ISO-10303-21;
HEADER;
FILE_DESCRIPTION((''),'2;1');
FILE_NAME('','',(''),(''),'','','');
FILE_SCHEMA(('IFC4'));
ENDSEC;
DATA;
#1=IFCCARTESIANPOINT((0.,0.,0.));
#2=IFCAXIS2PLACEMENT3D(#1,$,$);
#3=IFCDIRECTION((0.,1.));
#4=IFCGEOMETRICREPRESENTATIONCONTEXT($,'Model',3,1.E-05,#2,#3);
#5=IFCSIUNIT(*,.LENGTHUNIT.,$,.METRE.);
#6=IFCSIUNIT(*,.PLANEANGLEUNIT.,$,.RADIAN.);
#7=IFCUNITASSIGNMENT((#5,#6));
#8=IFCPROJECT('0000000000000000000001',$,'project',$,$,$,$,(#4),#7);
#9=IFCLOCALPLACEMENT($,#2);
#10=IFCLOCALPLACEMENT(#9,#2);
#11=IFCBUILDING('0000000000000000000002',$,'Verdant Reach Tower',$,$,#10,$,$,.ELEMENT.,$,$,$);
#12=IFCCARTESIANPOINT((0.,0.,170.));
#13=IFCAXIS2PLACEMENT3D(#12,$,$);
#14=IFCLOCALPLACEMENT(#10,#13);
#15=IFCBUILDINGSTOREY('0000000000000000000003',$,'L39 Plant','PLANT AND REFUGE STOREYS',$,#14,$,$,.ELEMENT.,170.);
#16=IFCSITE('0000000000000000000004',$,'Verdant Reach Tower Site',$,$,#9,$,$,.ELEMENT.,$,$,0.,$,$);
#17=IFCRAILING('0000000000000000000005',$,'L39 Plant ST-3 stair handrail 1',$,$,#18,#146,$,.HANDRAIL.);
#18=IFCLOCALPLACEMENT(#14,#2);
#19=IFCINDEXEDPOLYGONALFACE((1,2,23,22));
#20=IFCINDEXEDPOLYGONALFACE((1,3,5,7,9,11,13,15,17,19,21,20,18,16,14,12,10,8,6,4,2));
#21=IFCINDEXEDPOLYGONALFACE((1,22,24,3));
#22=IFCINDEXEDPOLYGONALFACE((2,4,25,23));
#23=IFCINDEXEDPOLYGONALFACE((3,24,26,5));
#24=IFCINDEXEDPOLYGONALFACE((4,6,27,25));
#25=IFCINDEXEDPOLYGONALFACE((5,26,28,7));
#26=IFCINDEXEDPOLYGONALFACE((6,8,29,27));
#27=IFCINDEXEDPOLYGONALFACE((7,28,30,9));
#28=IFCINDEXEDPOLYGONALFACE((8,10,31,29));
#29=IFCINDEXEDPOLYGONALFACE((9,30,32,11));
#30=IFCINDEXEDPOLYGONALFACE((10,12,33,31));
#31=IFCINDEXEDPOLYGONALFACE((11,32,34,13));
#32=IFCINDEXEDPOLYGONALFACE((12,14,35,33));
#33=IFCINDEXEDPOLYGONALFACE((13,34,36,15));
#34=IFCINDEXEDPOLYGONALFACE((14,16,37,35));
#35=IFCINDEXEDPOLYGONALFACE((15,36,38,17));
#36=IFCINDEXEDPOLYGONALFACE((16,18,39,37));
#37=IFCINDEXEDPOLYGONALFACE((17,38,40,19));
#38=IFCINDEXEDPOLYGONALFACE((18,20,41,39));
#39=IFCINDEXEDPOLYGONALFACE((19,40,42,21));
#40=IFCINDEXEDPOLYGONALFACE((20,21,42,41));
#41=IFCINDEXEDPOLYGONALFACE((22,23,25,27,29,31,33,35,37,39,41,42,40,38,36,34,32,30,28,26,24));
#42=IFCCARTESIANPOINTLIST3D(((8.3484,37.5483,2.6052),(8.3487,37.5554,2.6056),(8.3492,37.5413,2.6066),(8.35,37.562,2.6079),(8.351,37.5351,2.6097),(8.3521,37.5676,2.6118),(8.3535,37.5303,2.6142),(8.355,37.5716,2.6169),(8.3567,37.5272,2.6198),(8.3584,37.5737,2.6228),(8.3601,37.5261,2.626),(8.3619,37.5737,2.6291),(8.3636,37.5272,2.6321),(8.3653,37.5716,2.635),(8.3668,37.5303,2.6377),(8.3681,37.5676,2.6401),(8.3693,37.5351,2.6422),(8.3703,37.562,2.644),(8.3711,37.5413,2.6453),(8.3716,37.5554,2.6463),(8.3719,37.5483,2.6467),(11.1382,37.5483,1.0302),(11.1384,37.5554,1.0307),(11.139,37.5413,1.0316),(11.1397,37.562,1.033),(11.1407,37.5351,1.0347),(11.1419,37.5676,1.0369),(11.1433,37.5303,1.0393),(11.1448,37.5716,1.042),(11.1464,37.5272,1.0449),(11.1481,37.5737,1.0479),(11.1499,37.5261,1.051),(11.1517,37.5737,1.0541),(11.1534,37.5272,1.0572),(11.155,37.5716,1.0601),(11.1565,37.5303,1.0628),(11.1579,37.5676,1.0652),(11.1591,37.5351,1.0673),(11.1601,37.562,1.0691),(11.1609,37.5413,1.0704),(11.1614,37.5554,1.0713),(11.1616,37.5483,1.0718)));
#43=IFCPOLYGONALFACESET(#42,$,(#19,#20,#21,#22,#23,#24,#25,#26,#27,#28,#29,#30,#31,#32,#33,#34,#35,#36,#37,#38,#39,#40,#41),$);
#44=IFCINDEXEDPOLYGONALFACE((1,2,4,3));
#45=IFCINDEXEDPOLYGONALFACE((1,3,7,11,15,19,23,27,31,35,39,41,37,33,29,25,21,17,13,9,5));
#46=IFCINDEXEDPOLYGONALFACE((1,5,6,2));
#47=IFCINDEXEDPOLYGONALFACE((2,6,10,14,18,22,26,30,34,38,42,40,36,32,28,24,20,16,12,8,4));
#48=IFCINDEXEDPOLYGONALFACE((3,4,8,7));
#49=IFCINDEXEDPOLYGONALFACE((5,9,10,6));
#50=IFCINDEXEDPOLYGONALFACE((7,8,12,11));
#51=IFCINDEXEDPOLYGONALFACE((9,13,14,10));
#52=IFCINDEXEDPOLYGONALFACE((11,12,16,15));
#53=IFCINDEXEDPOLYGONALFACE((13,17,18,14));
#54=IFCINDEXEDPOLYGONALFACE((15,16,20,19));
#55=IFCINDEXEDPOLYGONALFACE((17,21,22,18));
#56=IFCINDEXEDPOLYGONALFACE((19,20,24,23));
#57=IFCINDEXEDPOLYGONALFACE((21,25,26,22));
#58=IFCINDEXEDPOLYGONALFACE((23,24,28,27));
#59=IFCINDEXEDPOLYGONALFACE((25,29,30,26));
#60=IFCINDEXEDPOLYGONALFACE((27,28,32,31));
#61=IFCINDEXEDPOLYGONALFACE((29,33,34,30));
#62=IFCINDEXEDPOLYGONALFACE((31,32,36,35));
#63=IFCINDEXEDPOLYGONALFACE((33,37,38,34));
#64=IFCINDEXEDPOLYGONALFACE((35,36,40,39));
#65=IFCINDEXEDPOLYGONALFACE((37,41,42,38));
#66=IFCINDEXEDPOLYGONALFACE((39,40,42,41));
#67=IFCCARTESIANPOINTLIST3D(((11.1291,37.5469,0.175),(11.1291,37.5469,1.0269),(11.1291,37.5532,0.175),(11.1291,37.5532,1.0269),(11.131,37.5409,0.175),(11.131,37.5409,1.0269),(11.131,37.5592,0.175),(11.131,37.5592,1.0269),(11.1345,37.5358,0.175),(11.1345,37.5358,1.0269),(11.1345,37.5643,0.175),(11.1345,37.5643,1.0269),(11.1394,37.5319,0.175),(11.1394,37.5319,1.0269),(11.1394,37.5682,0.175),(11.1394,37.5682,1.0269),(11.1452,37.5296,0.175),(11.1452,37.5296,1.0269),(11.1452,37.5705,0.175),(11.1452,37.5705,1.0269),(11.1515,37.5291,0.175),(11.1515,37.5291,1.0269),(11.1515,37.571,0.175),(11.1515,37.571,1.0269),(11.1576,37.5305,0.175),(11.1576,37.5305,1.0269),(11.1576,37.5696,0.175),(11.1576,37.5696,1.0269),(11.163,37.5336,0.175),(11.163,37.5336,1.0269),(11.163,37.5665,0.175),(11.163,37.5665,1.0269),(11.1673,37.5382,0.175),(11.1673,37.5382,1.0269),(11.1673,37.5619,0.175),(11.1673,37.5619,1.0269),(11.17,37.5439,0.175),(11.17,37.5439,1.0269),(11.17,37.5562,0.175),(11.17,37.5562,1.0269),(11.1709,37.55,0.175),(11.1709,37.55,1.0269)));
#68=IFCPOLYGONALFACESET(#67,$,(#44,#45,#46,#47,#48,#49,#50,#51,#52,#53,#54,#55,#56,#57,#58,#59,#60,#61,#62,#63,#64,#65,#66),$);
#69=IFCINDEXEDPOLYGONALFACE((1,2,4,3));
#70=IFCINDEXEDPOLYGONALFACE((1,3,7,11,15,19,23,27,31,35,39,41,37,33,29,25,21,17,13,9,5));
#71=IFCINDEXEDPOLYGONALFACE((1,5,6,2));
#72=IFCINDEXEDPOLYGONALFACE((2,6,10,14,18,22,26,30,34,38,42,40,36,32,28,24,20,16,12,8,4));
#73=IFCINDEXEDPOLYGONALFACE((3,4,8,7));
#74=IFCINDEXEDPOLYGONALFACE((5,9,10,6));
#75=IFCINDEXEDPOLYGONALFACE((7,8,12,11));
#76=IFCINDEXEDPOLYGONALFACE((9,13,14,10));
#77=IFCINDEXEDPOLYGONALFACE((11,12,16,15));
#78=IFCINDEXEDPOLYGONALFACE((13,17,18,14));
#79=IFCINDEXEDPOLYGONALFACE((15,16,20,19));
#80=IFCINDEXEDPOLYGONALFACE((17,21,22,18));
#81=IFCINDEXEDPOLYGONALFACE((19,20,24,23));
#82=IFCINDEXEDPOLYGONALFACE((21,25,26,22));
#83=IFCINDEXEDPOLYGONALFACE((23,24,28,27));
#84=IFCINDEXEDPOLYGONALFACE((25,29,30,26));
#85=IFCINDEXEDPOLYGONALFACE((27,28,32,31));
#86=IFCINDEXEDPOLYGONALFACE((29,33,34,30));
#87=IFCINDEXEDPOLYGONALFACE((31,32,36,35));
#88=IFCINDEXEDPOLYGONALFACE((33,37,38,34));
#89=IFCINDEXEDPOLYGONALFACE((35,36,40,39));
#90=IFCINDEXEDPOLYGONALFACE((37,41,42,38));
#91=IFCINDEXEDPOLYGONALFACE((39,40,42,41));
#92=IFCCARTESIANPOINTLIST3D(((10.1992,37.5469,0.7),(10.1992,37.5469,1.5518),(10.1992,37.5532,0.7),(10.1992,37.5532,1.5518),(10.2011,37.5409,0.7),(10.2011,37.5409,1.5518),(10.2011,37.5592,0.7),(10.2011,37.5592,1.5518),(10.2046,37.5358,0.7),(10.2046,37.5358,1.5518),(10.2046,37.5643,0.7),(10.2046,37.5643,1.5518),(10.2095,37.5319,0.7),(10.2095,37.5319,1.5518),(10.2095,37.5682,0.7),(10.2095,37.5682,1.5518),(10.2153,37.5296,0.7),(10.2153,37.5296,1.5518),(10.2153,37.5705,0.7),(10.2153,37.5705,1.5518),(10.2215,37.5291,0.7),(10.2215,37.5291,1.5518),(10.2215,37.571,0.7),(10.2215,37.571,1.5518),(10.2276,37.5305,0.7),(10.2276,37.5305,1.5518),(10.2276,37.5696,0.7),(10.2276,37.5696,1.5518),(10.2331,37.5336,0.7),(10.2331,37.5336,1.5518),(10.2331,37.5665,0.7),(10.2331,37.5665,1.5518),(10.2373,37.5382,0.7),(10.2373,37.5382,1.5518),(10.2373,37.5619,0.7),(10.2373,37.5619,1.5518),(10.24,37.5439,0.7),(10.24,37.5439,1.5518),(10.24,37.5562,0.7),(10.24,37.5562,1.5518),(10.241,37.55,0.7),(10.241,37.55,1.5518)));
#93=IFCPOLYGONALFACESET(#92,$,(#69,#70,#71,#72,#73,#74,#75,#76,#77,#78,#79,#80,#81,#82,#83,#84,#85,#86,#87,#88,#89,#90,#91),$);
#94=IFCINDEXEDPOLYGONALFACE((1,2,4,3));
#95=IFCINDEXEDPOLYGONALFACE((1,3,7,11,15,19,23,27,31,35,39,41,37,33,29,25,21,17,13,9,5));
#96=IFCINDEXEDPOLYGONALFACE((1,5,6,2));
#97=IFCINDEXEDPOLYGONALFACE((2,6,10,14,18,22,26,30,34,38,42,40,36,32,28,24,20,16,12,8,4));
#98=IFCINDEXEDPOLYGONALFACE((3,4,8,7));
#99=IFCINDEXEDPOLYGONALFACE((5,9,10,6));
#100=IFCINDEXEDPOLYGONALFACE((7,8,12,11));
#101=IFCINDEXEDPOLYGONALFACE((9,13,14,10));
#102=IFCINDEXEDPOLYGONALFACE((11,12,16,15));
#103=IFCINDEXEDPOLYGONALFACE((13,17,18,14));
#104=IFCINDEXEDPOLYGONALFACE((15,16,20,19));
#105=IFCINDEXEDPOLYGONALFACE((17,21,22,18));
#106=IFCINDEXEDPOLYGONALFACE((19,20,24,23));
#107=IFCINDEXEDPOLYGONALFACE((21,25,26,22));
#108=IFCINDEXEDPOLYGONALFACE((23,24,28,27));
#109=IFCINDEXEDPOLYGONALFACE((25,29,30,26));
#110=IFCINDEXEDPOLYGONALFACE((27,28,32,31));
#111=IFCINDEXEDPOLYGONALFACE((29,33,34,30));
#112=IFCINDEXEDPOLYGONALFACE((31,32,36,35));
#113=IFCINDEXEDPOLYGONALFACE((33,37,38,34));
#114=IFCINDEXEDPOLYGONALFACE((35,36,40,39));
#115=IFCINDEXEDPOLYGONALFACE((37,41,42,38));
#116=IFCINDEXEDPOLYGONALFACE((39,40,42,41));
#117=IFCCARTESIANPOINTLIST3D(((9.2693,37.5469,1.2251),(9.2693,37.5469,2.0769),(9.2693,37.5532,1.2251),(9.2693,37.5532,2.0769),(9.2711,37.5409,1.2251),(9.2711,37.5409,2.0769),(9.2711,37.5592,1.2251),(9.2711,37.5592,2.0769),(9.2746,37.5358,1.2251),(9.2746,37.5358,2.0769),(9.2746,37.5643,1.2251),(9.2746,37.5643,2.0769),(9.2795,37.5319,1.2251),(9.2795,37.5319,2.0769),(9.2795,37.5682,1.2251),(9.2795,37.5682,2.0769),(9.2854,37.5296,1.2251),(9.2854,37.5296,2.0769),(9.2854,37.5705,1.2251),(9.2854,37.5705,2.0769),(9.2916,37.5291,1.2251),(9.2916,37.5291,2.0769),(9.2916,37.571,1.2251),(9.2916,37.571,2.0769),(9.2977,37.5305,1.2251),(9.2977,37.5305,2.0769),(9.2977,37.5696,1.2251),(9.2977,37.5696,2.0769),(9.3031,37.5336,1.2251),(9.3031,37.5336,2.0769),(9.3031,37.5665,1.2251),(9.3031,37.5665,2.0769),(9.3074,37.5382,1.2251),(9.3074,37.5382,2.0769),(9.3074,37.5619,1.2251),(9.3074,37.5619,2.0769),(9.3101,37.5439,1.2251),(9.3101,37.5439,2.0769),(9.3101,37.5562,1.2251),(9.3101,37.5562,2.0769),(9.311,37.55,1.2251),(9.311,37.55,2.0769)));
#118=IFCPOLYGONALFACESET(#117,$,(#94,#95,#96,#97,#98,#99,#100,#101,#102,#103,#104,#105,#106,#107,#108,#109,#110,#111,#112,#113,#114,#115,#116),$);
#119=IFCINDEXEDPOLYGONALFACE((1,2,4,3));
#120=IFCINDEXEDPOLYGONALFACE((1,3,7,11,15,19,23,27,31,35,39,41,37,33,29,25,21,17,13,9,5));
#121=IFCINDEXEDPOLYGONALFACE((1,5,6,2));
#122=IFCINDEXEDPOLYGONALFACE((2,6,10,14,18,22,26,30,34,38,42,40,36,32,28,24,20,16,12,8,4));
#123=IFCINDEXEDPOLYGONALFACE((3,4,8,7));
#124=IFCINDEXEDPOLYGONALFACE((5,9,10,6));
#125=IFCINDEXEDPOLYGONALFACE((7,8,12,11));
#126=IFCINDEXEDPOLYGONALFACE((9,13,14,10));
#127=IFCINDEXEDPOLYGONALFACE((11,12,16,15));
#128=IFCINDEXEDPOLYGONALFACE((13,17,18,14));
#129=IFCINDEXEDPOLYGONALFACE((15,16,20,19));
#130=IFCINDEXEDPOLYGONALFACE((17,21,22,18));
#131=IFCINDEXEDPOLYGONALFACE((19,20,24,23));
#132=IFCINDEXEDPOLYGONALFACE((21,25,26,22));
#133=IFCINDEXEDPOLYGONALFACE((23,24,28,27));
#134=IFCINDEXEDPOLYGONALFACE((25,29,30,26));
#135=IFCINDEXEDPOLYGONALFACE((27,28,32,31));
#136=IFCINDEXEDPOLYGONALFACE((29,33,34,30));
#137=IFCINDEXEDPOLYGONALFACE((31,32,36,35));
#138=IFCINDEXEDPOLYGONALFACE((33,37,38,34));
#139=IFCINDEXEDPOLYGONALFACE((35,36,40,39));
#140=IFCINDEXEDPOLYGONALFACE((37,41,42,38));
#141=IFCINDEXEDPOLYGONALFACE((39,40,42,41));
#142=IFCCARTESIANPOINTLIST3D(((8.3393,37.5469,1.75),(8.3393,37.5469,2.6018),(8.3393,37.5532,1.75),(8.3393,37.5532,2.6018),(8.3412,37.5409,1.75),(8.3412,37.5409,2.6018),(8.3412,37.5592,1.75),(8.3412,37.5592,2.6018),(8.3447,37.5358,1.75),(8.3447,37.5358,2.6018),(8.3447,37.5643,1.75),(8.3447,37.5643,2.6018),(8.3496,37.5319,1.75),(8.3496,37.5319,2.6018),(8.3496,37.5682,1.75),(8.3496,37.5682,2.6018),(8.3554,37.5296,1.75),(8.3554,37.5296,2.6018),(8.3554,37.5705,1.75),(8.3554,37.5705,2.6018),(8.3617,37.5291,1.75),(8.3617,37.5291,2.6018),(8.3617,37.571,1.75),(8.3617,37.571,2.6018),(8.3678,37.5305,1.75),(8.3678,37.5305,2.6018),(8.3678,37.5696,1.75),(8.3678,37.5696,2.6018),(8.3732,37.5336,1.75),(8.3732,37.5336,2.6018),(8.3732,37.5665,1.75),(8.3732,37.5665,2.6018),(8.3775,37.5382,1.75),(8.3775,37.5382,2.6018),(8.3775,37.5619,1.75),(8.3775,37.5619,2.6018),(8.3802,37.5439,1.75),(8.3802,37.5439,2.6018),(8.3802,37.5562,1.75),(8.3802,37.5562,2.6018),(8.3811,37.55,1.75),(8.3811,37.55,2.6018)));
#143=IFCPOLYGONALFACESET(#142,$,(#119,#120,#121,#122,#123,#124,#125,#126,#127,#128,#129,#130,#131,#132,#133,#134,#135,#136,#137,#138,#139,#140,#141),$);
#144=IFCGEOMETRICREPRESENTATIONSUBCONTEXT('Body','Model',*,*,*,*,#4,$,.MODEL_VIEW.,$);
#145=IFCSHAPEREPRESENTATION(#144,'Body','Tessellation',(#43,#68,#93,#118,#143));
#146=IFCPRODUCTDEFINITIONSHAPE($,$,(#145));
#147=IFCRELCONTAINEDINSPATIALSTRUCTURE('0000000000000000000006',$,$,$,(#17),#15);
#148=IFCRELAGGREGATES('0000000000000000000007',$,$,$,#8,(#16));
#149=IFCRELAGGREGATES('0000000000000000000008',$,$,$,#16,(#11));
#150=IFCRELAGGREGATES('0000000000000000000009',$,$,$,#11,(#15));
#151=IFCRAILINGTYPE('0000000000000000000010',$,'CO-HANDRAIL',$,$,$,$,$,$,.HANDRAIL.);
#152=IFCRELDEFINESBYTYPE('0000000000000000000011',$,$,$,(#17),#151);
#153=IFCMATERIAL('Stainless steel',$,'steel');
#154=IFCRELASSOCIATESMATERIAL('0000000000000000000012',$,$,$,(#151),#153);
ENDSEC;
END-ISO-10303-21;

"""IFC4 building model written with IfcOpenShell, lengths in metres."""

from ifc_helpers import new_model, si_unit, direction, frame, origin, origin_2d, place, context, subcontext, project, spatial, circle, extrude, material, type_object, element, save


model = new_model("IFC4")

# Units and contexts
model_context = context("Model", 3, precision=1e-05, world=origin(), true_north=direction((0.0, 1.0)))
body_context = subcontext(model_context, "Body", "Model", "MODEL_VIEW")
ifc_project = project(units=[si_unit("LENGTHUNIT", "METRE"), si_unit("PLANEANGLEUNIT", "RADIAN")], contexts=[model_context])

# Site, building, storey
site_placement = place(None, origin())
site = spatial("IfcSite", under=ifc_project, at=site_placement, Name="Verdant Reach Tower Site", CompositionType="ELEMENT", RefElevation=0.0)
building_placement = place(site_placement, origin())
building = spatial("IfcBuilding", under=site, at=building_placement, Name="Verdant Reach Tower", CompositionType="ELEMENT")
storey_placement = place(building_placement, frame((0.0, 0.0, 170.0)))
storey = spatial("IfcBuildingStorey", under=building, at=storey_placement, Name="L39 Plant", Description="PLANT AND REFUGE STOREYS", CompositionType="ELEMENT", Elevation=170.0)

# Railing
ifc_material_1 = material(Name="Stainless steel", Category="steel")
railing_type_1 = type_object("IfcRailingType", Name="CO-HANDRAIL", PredefinedType="HANDRAIL", material=ifc_material_1)
railing_1_placement = place(storey_placement, frame((11.1499, 37.55, 0.175)))
element("IfcRailing", 1, at=railing_1_placement, inside=storey, type_object=railing_type_1, Name="L39 Plant ST-3 stair handrail 1", PredefinedType="HANDRAIL", context=body_context, shape_type="SweptSolid", body=[
    extrude(circle(Radius=0.0239, at=origin_2d()), frame((0.0, 0.0, 0.876), z_axis=(-0.870815, 0.0, 0.49161), x_axis=(0.0, -1.0, 0.0)), (0.0, 0.0, 1.0), 3.2036),
    extrude(circle(Radius=0.021, at=origin_2d()), origin(), (0.0, 0.0, 1.0), 0.8518),
    extrude(circle(Radius=0.021, at=origin_2d()), frame((-0.9299, 0.0, 0.5249)), (0.0, 0.0, 1.0), 0.8518),
    extrude(circle(Radius=0.021, at=origin_2d()), frame((-1.8599, 0.0, 1.05)), (0.0, 0.0, 1.0), 0.8518),
    extrude(circle(Radius=0.021, at=origin_2d()), frame((-2.7898, 0.0, 1.575)), (0.0, 0.0, 1.0), 0.8518),
])

save(model, "model.ifc")
